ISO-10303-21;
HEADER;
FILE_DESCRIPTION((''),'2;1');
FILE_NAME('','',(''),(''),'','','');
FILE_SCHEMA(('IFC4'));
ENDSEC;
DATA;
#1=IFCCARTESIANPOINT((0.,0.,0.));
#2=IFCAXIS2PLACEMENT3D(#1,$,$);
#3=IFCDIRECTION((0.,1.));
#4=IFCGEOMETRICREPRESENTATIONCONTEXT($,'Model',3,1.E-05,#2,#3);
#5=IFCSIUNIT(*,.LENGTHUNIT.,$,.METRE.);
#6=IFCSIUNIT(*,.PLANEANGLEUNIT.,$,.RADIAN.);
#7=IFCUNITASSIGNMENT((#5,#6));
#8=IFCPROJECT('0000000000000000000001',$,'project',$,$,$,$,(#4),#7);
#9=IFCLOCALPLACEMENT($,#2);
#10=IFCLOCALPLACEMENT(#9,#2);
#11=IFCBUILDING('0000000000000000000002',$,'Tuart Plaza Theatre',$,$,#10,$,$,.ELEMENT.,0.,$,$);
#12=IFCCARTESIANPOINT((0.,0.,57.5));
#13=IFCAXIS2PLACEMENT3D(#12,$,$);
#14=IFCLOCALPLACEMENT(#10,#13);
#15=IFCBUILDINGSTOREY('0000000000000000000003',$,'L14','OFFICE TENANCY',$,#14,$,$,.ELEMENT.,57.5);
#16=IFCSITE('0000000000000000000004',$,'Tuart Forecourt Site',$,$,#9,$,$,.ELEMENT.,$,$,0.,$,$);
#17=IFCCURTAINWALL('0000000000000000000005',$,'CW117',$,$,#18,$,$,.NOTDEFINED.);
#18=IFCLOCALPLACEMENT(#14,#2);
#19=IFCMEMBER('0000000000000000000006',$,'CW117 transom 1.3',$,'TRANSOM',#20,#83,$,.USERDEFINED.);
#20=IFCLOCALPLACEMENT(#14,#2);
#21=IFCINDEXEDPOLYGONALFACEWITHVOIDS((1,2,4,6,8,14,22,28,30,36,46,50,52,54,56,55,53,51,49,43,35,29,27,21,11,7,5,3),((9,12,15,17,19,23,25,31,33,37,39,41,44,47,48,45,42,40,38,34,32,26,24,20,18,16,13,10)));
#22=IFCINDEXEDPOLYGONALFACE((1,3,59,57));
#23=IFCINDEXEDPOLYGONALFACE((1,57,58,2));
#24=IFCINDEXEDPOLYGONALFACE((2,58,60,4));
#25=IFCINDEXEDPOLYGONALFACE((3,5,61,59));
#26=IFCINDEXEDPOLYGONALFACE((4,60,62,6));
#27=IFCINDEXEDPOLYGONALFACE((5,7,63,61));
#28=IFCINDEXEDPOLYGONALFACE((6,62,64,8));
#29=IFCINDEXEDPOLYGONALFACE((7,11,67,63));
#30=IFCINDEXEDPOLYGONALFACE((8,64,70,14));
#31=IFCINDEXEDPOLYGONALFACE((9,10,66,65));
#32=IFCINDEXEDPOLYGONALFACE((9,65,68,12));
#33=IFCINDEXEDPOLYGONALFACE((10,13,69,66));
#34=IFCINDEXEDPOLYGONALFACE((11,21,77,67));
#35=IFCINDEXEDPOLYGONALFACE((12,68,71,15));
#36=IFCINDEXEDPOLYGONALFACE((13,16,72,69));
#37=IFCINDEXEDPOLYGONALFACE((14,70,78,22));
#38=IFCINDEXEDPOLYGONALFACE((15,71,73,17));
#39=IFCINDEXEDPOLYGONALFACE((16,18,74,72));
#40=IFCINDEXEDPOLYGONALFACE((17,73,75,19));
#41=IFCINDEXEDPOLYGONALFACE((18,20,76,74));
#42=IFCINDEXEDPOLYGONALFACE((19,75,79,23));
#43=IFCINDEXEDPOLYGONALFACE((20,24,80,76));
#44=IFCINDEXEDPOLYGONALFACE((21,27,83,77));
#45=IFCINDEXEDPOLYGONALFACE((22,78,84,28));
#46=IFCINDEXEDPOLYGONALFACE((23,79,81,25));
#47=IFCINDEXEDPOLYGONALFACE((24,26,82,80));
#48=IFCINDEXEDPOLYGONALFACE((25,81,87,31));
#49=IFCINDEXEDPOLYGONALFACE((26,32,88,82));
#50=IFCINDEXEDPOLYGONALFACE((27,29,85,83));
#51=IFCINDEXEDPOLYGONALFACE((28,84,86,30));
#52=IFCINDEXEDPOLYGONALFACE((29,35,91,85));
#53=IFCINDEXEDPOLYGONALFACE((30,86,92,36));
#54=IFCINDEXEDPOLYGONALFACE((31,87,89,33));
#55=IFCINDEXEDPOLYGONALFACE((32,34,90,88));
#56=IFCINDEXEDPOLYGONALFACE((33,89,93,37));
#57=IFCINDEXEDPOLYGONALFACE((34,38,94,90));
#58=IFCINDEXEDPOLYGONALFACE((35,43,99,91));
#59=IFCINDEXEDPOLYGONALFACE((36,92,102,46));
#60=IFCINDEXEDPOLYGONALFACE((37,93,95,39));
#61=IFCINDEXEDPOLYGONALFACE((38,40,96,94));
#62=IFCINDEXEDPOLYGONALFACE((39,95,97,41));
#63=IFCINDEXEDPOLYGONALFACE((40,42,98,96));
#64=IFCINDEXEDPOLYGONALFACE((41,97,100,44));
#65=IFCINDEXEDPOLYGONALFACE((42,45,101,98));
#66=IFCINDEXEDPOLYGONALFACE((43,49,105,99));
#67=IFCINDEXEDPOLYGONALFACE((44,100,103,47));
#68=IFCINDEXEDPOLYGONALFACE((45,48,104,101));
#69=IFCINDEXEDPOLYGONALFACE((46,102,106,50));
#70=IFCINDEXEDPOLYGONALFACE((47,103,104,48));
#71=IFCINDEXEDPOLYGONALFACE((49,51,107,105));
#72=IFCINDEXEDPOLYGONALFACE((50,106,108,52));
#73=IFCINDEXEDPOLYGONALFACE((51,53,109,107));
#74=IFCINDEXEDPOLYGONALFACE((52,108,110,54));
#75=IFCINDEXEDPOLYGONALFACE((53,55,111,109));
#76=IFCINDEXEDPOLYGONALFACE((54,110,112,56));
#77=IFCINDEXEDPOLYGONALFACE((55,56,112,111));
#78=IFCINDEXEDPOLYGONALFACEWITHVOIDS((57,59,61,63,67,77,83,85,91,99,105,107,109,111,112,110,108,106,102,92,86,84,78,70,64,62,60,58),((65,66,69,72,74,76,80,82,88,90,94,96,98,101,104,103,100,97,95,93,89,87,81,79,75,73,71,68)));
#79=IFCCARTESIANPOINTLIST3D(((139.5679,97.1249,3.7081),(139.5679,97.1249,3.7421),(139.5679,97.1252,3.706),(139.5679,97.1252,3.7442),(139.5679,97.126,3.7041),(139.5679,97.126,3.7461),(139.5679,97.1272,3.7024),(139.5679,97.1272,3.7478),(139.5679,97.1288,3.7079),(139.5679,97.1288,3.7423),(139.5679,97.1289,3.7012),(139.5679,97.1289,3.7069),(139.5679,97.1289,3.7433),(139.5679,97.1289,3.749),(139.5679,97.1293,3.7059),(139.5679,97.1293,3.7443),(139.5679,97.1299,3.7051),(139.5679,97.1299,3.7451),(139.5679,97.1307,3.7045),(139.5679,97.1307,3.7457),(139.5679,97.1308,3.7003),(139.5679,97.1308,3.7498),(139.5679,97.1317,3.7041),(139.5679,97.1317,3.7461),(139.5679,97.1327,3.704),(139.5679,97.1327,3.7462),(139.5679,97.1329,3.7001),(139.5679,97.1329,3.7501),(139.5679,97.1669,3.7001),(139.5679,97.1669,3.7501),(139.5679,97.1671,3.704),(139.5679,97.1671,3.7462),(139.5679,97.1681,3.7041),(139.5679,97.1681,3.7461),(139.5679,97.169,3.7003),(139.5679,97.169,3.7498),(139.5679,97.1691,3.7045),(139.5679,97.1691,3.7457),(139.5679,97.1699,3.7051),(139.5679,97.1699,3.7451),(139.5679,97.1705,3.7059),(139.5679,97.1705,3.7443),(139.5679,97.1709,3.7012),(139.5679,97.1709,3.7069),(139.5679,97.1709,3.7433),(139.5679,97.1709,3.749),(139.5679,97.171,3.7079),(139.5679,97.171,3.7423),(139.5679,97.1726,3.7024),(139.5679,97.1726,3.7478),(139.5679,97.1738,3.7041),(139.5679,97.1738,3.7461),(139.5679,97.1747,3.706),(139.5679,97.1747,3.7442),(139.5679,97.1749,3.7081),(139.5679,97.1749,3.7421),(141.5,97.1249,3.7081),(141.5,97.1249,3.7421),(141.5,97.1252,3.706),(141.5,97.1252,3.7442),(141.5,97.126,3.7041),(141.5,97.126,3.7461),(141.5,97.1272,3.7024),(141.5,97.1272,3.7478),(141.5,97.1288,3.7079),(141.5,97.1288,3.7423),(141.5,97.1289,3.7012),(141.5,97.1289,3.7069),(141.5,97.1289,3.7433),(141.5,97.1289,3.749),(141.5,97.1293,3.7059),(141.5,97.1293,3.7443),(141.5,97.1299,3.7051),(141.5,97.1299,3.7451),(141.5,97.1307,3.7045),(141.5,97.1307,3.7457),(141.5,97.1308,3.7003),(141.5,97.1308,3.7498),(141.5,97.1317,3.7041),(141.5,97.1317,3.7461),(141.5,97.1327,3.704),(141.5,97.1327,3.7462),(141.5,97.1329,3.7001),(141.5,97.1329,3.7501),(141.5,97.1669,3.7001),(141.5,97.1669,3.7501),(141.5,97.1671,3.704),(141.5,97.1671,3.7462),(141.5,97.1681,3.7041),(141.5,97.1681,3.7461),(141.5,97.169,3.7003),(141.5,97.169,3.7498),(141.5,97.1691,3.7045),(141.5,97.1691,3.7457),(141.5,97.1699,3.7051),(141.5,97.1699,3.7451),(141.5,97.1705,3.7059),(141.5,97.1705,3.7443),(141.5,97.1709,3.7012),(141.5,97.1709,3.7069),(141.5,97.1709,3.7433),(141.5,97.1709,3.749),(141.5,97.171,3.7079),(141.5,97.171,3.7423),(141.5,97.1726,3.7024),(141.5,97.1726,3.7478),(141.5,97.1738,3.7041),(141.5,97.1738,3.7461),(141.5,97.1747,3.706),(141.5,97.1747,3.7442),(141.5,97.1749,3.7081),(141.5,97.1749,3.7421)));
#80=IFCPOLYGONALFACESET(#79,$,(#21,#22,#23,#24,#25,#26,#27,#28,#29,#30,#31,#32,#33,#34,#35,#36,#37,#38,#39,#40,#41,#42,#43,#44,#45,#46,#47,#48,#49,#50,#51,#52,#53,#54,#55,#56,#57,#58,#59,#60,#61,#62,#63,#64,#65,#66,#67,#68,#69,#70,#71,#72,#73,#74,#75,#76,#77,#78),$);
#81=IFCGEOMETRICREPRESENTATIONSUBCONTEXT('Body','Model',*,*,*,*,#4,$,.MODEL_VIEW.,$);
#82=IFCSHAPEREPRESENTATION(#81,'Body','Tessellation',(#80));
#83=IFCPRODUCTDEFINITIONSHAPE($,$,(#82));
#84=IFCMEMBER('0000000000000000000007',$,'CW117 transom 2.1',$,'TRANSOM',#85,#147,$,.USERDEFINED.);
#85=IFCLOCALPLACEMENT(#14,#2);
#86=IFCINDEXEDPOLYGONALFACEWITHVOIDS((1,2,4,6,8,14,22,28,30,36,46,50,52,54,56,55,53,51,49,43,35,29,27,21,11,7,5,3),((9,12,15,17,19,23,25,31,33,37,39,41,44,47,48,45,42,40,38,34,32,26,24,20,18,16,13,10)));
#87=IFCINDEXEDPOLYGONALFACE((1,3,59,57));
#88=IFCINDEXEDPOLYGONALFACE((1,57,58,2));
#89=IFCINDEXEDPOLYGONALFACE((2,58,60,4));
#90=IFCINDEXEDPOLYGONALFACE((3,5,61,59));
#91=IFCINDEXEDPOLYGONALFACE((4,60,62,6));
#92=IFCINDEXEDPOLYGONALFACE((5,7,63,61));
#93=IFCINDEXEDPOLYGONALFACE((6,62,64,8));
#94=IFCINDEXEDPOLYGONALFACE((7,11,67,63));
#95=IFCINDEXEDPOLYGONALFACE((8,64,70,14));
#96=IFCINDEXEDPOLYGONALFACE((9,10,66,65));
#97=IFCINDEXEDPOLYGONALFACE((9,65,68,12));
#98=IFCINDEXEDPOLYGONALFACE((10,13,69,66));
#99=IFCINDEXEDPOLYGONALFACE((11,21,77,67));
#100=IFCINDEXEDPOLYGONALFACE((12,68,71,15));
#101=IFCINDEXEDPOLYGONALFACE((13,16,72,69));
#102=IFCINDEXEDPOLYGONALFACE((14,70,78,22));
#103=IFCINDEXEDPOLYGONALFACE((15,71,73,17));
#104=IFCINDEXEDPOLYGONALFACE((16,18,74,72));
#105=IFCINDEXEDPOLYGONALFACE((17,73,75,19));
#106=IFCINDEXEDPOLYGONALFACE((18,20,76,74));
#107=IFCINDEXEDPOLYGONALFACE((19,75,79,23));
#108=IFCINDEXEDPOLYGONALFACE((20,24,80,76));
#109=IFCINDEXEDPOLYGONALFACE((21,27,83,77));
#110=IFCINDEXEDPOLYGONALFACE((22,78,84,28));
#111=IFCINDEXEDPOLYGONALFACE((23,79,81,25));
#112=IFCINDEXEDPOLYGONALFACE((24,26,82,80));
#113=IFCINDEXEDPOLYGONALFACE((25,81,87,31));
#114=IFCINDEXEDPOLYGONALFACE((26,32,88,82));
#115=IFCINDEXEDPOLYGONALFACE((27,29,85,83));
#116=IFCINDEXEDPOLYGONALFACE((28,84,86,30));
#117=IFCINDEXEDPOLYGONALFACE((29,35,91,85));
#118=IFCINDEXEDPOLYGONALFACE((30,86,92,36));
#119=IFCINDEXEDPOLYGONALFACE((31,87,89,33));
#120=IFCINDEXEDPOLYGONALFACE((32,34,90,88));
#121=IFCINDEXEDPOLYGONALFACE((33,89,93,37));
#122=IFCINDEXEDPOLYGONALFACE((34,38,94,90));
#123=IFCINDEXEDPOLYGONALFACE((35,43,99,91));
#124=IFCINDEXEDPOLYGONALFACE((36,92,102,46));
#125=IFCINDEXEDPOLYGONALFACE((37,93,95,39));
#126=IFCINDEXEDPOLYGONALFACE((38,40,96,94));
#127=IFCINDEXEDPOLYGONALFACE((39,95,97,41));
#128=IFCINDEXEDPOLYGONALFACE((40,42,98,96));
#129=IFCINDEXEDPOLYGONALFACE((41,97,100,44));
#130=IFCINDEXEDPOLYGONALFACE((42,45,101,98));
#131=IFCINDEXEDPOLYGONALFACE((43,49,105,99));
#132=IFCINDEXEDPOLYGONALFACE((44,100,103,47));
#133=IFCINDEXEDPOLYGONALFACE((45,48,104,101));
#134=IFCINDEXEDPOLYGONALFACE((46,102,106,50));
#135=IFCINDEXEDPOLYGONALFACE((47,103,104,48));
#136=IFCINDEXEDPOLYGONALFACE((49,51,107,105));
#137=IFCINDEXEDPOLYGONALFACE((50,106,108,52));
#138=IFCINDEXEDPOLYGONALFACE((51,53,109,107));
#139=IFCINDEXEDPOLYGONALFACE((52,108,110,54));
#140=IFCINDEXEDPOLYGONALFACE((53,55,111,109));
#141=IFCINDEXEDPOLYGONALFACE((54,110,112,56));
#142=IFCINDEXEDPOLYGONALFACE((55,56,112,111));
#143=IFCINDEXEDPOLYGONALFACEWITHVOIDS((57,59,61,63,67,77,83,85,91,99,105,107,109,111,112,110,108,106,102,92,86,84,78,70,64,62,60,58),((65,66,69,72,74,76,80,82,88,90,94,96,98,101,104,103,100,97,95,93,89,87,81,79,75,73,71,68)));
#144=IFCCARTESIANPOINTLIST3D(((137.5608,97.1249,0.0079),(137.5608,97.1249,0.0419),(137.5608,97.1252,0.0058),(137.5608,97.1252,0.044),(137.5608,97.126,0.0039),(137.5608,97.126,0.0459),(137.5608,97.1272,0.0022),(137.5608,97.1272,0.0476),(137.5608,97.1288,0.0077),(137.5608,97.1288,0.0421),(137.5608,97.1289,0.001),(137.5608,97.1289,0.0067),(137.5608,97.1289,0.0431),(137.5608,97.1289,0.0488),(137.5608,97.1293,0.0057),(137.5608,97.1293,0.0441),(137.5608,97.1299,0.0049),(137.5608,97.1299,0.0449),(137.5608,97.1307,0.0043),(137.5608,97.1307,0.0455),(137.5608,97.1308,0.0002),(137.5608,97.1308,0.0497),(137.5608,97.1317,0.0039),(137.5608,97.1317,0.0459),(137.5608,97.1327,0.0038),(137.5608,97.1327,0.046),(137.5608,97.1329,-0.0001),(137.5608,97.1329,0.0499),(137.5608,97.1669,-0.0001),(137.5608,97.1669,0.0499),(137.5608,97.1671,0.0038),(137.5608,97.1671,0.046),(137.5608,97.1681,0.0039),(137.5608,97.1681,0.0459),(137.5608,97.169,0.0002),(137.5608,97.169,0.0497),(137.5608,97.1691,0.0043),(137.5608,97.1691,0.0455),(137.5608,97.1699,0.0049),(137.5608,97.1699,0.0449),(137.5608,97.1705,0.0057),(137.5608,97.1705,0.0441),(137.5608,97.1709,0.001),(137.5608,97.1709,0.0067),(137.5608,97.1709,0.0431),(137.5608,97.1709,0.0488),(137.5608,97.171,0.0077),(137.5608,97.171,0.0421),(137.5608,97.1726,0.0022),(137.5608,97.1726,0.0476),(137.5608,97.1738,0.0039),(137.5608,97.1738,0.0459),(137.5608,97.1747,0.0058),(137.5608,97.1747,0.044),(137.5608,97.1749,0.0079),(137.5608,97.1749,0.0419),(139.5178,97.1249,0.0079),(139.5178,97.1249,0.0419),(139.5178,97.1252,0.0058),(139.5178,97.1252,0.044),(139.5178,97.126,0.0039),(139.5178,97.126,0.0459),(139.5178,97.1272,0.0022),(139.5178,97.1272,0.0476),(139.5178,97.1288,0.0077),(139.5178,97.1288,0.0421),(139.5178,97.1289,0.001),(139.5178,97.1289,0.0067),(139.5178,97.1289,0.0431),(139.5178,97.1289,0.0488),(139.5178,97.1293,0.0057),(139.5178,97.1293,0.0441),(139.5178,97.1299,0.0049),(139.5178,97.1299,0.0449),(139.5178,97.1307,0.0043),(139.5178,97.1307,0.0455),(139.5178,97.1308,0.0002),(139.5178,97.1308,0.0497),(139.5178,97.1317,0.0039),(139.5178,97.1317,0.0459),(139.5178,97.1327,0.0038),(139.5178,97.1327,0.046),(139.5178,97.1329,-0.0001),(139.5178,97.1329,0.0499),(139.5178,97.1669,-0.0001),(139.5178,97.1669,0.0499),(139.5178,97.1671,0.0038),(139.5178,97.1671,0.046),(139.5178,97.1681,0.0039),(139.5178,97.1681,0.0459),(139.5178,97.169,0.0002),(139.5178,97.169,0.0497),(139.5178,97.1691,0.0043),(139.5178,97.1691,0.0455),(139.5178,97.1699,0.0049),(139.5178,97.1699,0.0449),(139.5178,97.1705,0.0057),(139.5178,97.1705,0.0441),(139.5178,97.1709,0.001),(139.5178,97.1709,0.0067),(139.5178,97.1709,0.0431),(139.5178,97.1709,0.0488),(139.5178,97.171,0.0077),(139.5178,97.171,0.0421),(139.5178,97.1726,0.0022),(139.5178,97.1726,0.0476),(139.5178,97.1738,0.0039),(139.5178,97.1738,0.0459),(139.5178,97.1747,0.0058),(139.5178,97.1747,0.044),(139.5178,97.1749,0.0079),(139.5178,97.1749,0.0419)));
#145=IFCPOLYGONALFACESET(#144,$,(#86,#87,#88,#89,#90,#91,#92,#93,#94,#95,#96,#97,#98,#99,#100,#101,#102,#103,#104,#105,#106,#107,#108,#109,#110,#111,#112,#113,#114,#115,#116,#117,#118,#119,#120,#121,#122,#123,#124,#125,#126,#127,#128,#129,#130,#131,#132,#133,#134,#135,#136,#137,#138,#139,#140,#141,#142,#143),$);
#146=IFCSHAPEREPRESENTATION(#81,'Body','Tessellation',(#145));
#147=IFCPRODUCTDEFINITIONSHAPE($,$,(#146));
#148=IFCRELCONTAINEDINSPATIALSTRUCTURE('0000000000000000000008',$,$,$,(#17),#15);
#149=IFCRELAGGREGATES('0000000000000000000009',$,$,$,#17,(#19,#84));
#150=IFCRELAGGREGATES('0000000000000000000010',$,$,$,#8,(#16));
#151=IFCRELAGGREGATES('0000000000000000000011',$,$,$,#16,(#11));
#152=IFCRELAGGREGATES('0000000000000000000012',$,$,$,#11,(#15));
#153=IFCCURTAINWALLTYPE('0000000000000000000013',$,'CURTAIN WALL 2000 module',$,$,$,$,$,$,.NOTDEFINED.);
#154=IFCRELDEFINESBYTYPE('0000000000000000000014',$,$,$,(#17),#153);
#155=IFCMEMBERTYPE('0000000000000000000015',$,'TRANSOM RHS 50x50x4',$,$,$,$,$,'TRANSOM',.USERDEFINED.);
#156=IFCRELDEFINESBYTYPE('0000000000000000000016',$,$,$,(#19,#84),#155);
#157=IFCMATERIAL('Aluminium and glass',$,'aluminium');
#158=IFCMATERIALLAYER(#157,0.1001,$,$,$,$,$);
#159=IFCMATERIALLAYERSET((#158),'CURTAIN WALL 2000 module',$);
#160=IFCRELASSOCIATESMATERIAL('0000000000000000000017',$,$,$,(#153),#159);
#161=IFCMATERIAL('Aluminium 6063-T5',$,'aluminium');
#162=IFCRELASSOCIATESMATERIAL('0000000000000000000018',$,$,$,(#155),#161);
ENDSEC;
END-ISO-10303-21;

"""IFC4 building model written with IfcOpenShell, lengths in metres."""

from ifc_helpers import new_model, si_unit, direction, frame, origin, origin_2d, place, context, subcontext, project, spatial, hollow_rectangle, extrude, material, layer, layer_set, material_profile, profile_set, type_object, element, aggregate, save


model = new_model("IFC4")

# Units and contexts
model_context = context("Model", 3, precision=1e-05, world=origin(), true_north=direction((0.0, 1.0)))
body_context = subcontext(model_context, "Body", "Model", "MODEL_VIEW")
ifc_project = project(units=[si_unit("LENGTHUNIT", "METRE"), si_unit("PLANEANGLEUNIT", "RADIAN")], contexts=[model_context])

# Site, building, storey
site_placement = place(None, origin())
site = spatial("IfcSite", under=ifc_project, at=site_placement, Name="Tuart Forecourt Site", CompositionType="ELEMENT", RefElevation=0.0)
building_placement = place(site_placement, origin())
building = spatial("IfcBuilding", under=site, at=building_placement, Name="Tuart Plaza Theatre", CompositionType="ELEMENT", ElevationOfRefHeight=0.0)
storey_placement = place(building_placement, frame((0.0, 0.0, 57.5)))
storey = spatial("IfcBuildingStorey", under=building, at=storey_placement, Name="L14", Description="OFFICE TENANCY", CompositionType="ELEMENT", Elevation=57.5)

# Curtain wall
ifc_material_1 = material(Name="Aluminium and glass", Category="aluminium")
ifc_layer_1 = layer(ifc_material_1, 0.1001)
ifc_layer_set_1 = layer_set([ifc_layer_1], Name="CURTAIN WALL 2000 module")
curtain_wall_type = type_object("IfcCurtainWallType", Name="CURTAIN WALL 2000 module", PredefinedType="NOTDEFINED", material=ifc_layer_set_1)
curtain_wall_1_placement = place(storey_placement, origin())
curtain_wall_1 = element("IfcCurtainWall", 1, at=curtain_wall_1_placement, inside=storey, type_object=curtain_wall_type, Name="CW117", PredefinedType="NOTDEFINED")

# Members
ifc_material_2 = material(Name="Aluminium 6063-T5", Category="aluminium")
ifc_material_profile_1 = material_profile(ifc_material_2, hollow_rectangle(XDim=0.05, YDim=0.05, WallThickness=0.0039, InnerFilletRadius=0.0039, OuterFilletRadius=0.0081, at=origin_2d()), Name="RHS 50x50x4")
ifc_profile_set_1 = profile_set([ifc_material_profile_1], Name="Aluminium 6063-T5")
member_type_1 = type_object("IfcMemberType", Name="TRANSOM RHS 50x50x4", ElementType="TRANSOM", PredefinedType="USERDEFINED", material=ifc_profile_set_1)
member_1_placement = place(storey_placement, frame((141.5, 97.1499, 3.7251), z_axis=(-1.0, 0.0, 0.0), x_axis=(0.0, -1.0, 0.0)))
member_1 = element("IfcMember", 2, at=member_1_placement, type_object=member_type_1, Name="CW117 transom 1.3", ObjectType="TRANSOM", PredefinedType="USERDEFINED", context=body_context, shape_type="SweptSolid", body=[
    extrude(hollow_rectangle(XDim=0.05, YDim=0.05, WallThickness=0.0039, InnerFilletRadius=0.0039, OuterFilletRadius=0.0081, at=origin_2d()), origin(), (0.0, 0.0, 1.0), 1.9321),
])
member_2_placement = place(storey_placement, frame((139.5178, 97.1499, 0.0249), z_axis=(-1.0, 0.0, 0.0), x_axis=(0.0, -1.0, 0.0)))
member_2 = element("IfcMember", 3, at=member_2_placement, type_object=member_type_1, Name="CW117 transom 2.1", ObjectType="TRANSOM", PredefinedType="USERDEFINED", context=body_context, shape_type="SweptSolid", body=[
    extrude(hollow_rectangle(XDim=0.05, YDim=0.05, WallThickness=0.0039, InnerFilletRadius=0.0039, OuterFilletRadius=0.0081, at=origin_2d()), origin(), (0.0, 0.0, 1.0), 1.957),
])

aggregate(curtain_wall_1, [member_1, member_2])

save(model, "model.ifc")
